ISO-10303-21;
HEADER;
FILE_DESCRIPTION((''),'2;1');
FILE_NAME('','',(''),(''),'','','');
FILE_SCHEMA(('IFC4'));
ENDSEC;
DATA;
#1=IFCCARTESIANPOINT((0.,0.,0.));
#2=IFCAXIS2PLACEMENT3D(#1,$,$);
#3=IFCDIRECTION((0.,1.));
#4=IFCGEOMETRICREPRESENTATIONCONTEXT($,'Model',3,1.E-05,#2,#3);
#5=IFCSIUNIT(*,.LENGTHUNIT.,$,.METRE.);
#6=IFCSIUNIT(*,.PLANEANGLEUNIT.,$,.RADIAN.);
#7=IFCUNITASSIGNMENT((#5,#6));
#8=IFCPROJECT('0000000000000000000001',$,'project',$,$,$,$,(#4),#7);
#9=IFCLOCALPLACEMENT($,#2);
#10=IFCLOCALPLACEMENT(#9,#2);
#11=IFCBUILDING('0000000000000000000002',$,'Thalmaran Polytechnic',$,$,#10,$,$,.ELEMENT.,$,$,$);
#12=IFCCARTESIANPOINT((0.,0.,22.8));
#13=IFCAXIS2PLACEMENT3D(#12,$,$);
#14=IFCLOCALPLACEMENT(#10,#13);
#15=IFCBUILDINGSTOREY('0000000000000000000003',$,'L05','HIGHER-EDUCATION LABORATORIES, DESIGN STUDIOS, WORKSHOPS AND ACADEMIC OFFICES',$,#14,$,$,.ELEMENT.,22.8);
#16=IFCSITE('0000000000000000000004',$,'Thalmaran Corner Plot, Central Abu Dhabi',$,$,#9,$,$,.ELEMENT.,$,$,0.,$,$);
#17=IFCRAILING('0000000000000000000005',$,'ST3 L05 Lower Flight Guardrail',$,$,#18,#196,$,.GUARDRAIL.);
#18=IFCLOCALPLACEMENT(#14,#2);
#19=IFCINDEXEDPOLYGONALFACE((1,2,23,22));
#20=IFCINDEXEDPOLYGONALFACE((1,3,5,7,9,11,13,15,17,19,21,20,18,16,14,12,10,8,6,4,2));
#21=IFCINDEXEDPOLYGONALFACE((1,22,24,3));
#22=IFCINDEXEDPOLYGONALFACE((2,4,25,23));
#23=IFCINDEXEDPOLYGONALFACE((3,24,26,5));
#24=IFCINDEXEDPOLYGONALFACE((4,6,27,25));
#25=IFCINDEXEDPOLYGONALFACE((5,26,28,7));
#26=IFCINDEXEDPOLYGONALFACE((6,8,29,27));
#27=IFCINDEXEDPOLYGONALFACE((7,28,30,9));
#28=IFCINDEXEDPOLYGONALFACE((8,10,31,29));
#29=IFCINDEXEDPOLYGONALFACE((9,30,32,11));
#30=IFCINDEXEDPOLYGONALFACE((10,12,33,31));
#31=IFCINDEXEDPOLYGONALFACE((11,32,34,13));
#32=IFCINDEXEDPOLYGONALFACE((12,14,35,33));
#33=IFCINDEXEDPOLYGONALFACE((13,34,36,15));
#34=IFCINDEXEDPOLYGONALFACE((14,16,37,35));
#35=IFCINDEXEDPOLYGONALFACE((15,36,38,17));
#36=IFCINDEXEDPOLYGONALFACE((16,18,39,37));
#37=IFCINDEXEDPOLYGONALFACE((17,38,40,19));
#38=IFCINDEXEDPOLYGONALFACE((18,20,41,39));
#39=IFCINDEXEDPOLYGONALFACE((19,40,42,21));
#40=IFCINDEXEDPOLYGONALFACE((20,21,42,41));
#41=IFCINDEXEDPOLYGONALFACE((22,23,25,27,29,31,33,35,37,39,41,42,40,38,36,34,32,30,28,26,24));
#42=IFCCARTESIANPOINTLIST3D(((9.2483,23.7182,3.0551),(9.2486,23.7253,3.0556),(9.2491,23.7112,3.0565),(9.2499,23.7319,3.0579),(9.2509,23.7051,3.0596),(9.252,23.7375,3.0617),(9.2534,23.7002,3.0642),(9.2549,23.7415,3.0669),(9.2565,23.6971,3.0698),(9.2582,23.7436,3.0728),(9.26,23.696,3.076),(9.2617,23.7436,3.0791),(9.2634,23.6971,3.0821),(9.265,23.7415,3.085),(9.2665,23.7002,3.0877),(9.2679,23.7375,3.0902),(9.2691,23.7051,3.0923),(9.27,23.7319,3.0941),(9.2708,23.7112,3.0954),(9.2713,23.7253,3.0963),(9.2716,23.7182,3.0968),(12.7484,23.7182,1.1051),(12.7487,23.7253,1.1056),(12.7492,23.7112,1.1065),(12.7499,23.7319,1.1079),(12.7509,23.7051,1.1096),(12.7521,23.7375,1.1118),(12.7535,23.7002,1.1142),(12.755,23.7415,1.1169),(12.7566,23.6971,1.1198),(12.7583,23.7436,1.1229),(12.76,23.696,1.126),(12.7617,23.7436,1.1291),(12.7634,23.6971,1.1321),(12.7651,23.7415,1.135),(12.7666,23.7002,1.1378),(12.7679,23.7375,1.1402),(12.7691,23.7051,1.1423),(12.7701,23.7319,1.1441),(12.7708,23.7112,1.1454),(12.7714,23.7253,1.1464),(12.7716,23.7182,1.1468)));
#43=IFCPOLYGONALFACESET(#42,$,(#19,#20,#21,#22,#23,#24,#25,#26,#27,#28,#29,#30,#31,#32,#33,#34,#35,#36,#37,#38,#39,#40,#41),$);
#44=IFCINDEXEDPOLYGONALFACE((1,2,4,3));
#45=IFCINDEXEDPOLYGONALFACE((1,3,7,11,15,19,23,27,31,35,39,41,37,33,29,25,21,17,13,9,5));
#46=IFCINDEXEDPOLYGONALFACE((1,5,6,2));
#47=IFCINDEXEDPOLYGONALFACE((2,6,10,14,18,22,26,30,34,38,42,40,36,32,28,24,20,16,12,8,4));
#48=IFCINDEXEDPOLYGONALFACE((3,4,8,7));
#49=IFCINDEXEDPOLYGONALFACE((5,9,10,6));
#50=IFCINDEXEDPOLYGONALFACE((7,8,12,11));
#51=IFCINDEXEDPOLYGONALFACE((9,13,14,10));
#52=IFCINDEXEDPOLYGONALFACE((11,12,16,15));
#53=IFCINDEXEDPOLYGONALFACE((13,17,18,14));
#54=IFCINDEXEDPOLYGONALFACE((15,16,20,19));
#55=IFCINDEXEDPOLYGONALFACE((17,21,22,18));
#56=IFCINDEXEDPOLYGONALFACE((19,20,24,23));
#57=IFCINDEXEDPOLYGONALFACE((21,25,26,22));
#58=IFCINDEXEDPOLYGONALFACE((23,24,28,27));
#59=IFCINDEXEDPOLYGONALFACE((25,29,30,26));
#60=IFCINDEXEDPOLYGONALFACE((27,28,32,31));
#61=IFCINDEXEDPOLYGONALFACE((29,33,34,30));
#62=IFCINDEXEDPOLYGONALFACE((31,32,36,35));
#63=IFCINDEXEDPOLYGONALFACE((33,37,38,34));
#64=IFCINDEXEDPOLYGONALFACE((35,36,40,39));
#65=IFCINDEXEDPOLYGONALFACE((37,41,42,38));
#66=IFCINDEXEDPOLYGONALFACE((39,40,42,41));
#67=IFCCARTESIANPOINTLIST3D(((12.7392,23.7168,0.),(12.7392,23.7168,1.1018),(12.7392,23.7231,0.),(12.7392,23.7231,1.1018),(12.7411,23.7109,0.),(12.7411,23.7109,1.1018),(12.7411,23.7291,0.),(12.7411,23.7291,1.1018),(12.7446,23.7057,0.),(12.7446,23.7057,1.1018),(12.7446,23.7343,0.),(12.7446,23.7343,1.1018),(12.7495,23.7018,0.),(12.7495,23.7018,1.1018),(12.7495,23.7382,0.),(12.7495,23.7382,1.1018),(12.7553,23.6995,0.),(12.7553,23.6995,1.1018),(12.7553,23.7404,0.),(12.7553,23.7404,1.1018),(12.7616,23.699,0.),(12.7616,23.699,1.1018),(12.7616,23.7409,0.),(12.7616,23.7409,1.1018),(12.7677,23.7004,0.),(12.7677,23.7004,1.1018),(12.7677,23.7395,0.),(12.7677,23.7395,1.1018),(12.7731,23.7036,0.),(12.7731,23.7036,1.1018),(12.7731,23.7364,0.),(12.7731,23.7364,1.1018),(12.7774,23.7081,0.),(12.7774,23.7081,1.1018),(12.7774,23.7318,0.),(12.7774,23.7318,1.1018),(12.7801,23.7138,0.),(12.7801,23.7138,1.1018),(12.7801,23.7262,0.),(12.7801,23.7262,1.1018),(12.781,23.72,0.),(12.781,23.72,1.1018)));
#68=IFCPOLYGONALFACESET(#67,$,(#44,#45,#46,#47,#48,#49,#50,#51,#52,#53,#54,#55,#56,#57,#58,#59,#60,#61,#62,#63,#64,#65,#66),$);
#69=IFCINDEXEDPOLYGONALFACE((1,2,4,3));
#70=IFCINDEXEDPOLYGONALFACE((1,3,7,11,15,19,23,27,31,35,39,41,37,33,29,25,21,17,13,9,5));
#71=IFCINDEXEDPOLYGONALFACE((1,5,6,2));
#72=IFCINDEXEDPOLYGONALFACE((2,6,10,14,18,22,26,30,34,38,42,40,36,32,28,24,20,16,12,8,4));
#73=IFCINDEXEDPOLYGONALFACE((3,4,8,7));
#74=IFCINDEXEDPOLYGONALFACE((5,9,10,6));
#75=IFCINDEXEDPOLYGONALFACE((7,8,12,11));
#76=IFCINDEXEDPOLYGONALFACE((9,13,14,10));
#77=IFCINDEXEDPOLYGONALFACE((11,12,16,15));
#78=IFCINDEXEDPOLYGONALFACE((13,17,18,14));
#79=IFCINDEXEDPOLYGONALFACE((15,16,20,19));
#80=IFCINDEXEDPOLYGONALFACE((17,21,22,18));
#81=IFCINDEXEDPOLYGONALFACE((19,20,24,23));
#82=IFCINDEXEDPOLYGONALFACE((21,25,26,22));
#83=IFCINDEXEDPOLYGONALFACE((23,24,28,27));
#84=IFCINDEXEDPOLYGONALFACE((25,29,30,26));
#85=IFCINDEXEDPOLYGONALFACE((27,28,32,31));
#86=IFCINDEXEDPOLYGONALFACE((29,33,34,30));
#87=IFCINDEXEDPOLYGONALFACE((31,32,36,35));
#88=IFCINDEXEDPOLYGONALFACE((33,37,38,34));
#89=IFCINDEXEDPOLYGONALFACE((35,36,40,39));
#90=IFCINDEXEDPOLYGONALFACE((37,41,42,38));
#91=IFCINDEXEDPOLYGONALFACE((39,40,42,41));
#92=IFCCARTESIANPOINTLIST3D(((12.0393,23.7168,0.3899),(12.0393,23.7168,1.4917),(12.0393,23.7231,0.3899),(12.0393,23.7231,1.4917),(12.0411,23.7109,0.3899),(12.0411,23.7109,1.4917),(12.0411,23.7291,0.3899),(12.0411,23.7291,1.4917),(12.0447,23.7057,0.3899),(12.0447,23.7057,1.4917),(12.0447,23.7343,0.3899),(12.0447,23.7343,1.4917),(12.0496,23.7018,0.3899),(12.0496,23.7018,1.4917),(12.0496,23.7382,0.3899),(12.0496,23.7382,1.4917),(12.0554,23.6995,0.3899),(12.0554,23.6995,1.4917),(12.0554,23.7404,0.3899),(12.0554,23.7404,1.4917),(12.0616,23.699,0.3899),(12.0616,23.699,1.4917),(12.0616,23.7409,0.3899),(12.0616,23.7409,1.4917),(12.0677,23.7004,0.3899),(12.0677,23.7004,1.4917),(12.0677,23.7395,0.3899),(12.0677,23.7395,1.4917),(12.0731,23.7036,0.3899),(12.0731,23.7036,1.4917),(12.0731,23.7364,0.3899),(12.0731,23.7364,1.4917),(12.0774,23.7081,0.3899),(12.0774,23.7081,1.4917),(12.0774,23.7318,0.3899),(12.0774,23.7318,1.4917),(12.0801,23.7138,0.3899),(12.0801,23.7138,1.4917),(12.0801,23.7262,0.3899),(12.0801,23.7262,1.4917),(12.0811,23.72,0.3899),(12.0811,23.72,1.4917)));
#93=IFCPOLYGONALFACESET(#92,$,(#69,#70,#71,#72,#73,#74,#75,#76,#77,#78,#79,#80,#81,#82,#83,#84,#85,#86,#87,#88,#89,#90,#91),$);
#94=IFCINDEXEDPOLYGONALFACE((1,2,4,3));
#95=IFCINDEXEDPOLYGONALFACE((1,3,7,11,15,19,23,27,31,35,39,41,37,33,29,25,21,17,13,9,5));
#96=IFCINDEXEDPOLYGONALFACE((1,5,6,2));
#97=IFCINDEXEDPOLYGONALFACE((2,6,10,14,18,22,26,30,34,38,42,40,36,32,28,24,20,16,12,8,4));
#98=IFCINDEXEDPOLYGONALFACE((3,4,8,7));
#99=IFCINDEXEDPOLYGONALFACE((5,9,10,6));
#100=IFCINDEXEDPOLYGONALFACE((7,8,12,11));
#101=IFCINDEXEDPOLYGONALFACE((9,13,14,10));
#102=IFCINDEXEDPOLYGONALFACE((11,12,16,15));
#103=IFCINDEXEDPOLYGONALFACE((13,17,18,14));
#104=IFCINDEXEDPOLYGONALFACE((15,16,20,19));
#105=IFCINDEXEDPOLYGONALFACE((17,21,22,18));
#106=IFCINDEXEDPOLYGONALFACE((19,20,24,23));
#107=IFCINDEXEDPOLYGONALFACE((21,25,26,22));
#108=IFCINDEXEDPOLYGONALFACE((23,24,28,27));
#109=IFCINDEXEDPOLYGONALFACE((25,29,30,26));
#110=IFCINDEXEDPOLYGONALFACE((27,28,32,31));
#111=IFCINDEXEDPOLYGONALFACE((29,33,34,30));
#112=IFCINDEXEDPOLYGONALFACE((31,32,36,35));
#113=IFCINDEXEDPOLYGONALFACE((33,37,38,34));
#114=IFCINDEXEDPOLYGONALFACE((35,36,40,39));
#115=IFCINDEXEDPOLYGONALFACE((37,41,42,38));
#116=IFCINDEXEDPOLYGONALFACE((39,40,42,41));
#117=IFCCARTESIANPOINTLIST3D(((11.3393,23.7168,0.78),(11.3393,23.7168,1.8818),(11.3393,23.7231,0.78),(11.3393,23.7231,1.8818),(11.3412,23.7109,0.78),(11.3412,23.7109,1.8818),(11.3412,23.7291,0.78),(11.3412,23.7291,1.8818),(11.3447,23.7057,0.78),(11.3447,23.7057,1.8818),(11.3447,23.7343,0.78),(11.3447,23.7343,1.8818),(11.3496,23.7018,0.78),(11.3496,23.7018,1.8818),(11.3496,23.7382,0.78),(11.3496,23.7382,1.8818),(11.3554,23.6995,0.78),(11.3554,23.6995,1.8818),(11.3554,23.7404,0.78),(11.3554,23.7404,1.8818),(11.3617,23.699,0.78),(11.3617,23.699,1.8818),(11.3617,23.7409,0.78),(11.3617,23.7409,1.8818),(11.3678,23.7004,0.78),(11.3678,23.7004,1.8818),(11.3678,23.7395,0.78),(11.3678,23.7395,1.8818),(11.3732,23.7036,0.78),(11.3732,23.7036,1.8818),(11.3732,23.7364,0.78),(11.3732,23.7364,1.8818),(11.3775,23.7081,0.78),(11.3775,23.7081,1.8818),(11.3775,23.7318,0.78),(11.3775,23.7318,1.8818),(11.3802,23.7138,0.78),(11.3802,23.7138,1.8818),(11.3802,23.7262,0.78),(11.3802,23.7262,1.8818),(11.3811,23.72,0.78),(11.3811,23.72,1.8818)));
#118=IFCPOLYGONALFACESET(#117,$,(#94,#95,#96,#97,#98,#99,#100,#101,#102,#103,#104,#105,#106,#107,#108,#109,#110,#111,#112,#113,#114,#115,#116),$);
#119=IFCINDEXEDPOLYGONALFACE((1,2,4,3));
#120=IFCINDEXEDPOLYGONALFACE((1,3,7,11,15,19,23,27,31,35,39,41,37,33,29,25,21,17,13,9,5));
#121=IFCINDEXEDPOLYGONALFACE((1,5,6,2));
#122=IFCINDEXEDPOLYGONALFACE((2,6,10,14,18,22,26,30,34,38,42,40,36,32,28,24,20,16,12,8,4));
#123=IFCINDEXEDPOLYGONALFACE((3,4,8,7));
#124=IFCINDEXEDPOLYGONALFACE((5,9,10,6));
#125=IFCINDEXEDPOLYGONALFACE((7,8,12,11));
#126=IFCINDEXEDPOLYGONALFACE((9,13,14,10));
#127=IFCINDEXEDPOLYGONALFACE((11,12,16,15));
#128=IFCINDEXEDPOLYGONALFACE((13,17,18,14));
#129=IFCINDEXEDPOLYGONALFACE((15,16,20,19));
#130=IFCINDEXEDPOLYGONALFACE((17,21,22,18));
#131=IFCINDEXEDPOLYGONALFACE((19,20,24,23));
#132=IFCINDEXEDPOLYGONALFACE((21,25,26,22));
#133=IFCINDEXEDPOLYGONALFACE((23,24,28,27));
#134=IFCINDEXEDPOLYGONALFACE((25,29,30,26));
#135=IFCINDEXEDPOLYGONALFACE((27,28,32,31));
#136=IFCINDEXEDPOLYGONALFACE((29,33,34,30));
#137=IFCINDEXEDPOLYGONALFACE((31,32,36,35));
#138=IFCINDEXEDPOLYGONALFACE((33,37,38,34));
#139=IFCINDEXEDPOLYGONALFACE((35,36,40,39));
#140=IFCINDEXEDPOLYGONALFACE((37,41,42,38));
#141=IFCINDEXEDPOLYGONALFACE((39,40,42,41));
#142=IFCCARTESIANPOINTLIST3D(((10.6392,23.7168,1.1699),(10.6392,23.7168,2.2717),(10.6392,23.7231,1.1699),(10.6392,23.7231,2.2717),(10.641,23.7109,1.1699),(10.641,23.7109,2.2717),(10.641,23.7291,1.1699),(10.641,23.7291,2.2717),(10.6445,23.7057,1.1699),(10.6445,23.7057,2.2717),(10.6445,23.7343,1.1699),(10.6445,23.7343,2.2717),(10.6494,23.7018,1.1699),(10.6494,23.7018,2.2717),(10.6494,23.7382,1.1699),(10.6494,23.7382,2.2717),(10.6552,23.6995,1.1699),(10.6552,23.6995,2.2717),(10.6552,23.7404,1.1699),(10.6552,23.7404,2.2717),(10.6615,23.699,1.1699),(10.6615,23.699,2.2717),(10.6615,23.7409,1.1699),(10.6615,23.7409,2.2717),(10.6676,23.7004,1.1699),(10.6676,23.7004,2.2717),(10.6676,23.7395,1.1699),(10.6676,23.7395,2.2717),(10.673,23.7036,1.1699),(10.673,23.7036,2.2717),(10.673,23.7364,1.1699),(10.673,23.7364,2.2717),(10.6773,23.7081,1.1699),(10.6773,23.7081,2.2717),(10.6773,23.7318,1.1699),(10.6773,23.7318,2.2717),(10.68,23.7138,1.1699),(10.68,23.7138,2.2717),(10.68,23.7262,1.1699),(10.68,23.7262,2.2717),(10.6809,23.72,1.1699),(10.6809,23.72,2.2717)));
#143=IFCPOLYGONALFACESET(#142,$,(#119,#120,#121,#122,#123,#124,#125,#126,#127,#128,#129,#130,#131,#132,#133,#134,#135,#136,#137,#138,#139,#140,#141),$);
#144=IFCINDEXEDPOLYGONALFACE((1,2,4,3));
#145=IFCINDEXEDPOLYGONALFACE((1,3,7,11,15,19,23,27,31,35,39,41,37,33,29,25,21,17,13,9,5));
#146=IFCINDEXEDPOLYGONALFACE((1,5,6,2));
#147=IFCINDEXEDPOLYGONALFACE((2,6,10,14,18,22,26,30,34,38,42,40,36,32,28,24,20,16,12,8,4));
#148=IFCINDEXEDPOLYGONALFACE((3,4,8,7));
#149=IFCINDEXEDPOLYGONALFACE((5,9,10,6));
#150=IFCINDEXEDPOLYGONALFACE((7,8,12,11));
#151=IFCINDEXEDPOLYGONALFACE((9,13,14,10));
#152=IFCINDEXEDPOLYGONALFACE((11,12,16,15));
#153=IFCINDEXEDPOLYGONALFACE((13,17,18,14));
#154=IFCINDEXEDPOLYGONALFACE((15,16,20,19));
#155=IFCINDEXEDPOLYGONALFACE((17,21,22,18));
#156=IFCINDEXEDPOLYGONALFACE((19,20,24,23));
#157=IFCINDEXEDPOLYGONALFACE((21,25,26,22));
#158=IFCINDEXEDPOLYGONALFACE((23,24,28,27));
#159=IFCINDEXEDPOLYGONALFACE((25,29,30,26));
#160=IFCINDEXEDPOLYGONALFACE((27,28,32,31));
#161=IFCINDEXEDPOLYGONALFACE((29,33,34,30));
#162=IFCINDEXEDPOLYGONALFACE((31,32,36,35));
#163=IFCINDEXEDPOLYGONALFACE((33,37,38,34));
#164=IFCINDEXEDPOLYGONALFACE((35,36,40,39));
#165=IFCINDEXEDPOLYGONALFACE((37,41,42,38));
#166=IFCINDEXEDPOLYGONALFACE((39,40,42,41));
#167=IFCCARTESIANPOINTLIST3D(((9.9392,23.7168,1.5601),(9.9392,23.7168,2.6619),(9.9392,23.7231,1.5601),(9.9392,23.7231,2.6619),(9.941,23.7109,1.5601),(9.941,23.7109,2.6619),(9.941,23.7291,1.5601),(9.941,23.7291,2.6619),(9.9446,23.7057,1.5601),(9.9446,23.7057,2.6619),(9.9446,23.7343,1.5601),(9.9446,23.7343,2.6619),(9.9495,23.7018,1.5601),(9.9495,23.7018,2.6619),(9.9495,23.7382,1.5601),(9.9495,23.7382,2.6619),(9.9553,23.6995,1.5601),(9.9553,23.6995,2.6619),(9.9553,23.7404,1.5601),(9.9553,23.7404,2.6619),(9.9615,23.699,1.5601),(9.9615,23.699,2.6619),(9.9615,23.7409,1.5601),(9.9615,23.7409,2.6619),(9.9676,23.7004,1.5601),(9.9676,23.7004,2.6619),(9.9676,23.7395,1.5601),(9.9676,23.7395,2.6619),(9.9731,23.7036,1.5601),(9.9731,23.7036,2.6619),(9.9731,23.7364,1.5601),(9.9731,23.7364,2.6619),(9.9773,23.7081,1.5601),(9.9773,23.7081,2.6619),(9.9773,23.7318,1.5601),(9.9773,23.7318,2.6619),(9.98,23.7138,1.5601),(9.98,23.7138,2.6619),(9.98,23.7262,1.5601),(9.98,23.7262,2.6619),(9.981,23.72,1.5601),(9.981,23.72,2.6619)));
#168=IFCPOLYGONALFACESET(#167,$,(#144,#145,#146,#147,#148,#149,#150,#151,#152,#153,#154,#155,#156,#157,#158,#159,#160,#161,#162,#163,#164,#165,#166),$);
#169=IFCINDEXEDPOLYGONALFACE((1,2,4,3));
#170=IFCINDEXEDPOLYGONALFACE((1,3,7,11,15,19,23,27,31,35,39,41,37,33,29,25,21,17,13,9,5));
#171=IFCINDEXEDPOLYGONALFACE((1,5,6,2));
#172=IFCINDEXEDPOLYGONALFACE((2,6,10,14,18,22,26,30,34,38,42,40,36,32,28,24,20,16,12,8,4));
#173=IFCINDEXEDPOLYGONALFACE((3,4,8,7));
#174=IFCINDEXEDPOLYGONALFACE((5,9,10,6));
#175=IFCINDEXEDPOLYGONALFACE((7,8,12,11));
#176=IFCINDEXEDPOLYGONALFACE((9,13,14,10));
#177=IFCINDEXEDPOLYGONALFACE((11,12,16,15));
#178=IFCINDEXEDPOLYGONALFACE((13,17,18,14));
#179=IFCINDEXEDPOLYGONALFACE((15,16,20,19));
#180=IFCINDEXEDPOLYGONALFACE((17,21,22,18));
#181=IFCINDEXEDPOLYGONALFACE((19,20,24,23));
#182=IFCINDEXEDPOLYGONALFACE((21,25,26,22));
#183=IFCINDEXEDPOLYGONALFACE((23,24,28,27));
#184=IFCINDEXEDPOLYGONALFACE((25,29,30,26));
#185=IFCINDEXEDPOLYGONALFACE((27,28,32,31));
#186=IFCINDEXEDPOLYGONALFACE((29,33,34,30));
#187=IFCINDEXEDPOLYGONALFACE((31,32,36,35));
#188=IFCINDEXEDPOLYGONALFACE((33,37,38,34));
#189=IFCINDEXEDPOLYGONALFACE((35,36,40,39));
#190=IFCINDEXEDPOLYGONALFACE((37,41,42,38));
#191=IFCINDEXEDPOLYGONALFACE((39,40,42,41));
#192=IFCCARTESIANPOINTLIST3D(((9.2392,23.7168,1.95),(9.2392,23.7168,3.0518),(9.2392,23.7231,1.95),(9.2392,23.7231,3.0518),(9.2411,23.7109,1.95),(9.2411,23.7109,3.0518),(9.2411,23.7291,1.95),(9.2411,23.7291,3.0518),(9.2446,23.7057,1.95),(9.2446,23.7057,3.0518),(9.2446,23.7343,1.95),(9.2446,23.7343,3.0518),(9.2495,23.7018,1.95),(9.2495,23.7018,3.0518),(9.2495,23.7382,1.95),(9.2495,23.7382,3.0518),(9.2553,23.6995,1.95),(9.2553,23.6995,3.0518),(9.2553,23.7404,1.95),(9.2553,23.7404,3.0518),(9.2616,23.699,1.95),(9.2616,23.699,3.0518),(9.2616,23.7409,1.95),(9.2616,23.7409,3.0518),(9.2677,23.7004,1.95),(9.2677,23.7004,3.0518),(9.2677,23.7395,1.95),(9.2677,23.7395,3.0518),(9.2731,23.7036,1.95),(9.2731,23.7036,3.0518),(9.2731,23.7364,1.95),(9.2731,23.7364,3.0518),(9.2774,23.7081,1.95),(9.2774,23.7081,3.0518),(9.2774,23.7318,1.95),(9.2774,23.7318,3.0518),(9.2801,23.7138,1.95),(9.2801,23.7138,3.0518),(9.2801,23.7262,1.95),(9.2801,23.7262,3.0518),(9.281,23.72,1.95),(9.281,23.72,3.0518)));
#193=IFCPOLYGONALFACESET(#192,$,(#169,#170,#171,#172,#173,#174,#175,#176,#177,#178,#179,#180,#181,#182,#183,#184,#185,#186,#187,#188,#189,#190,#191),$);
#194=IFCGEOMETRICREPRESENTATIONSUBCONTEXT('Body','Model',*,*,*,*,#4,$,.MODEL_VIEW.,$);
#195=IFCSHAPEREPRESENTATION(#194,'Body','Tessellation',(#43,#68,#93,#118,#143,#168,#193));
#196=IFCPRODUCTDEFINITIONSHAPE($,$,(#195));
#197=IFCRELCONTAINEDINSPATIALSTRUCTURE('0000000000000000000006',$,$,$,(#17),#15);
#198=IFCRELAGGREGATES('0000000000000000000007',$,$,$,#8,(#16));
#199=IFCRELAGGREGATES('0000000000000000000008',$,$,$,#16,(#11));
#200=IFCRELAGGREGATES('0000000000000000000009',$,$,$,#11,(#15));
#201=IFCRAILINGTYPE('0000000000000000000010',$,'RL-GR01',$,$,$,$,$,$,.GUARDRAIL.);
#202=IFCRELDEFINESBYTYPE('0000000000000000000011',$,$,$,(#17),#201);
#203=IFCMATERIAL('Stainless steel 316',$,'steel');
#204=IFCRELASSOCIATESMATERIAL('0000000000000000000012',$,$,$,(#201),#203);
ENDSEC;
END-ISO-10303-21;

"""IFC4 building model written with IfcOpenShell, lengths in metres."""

from ifc_helpers import new_model, si_unit, direction, frame, origin, origin_2d, place, context, subcontext, project, spatial, circle, extrude, material, type_object, element, save


model = new_model("IFC4")

# Units and contexts
model_context = context("Model", 3, precision=1e-05, world=origin(), true_north=direction((0.0, 1.0)))
body_context = subcontext(model_context, "Body", "Model", "MODEL_VIEW")
ifc_project = project(units=[si_unit("LENGTHUNIT", "METRE"), si_unit("PLANEANGLEUNIT", "RADIAN")], contexts=[model_context])

# Site, building, storey
site_placement = place(None, origin())
site = spatial("IfcSite", under=ifc_project, at=site_placement, Name="Thalmaran Corner Plot, Central Abu Dhabi", CompositionType="ELEMENT", RefElevation=0.0)
building_placement = place(site_placement, origin())
building = spatial("IfcBuilding", under=site, at=building_placement, Name="Thalmaran Polytechnic", CompositionType="ELEMENT")
storey_placement = place(building_placement, frame((0.0, 0.0, 22.8)))
storey = spatial("IfcBuildingStorey", under=building, at=storey_placement, Name="L05", Description="HIGHER-EDUCATION LABORATORIES, DESIGN STUDIOS, WORKSHOPS AND ACADEMIC OFFICES", CompositionType="ELEMENT", Elevation=22.8)

# Railing
ifc_material_1 = material(Name="Stainless steel 316", Category="steel")
railing_type_1 = type_object("IfcRailingType", Name="RL-GR01", PredefinedType="GUARDRAIL", material=ifc_material_1)
railing_1_placement = place(storey_placement, frame((12.76, 23.72, 0.0)))
element("IfcRailing", 1, at=railing_1_placement, inside=storey, type_object=railing_type_1, Name="ST3 L05 Lower Flight Guardrail", PredefinedType="GUARDRAIL", context=body_context, shape_type="SweptSolid", body=[
    extrude(circle(Radius=0.0239, at=origin_2d()), frame((0.0, 0.0, 1.126), z_axis=(-0.873573, 0.0, 0.486693), x_axis=(0.0, -1.0, 0.0)), (0.0, 0.0, 1.0), 4.0066),
    extrude(circle(Radius=0.021, at=origin_2d()), origin(), (0.0, 0.0, 1.0), 1.1018),
    extrude(circle(Radius=0.021, at=origin_2d()), frame((-0.7, 0.0, 0.3899)), (0.0, 0.0, 1.0), 1.1018),
    extrude(circle(Radius=0.021, at=origin_2d()), frame((-1.3999, 0.0, 0.78)), (0.0, 0.0, 1.0), 1.1018),
    extrude(circle(Radius=0.021, at=origin_2d()), frame((-2.1001, 0.0, 1.1699)), (0.0, 0.0, 1.0), 1.1018),
    extrude(circle(Radius=0.021, at=origin_2d()), frame((-2.8, 0.0, 1.5601)), (0.0, 0.0, 1.0), 1.1018),
    extrude(circle(Radius=0.021, at=origin_2d()), frame((-3.5, 0.0, 1.95)), (0.0, 0.0, 1.0), 1.1018),
])

save(model, "model.ifc")
